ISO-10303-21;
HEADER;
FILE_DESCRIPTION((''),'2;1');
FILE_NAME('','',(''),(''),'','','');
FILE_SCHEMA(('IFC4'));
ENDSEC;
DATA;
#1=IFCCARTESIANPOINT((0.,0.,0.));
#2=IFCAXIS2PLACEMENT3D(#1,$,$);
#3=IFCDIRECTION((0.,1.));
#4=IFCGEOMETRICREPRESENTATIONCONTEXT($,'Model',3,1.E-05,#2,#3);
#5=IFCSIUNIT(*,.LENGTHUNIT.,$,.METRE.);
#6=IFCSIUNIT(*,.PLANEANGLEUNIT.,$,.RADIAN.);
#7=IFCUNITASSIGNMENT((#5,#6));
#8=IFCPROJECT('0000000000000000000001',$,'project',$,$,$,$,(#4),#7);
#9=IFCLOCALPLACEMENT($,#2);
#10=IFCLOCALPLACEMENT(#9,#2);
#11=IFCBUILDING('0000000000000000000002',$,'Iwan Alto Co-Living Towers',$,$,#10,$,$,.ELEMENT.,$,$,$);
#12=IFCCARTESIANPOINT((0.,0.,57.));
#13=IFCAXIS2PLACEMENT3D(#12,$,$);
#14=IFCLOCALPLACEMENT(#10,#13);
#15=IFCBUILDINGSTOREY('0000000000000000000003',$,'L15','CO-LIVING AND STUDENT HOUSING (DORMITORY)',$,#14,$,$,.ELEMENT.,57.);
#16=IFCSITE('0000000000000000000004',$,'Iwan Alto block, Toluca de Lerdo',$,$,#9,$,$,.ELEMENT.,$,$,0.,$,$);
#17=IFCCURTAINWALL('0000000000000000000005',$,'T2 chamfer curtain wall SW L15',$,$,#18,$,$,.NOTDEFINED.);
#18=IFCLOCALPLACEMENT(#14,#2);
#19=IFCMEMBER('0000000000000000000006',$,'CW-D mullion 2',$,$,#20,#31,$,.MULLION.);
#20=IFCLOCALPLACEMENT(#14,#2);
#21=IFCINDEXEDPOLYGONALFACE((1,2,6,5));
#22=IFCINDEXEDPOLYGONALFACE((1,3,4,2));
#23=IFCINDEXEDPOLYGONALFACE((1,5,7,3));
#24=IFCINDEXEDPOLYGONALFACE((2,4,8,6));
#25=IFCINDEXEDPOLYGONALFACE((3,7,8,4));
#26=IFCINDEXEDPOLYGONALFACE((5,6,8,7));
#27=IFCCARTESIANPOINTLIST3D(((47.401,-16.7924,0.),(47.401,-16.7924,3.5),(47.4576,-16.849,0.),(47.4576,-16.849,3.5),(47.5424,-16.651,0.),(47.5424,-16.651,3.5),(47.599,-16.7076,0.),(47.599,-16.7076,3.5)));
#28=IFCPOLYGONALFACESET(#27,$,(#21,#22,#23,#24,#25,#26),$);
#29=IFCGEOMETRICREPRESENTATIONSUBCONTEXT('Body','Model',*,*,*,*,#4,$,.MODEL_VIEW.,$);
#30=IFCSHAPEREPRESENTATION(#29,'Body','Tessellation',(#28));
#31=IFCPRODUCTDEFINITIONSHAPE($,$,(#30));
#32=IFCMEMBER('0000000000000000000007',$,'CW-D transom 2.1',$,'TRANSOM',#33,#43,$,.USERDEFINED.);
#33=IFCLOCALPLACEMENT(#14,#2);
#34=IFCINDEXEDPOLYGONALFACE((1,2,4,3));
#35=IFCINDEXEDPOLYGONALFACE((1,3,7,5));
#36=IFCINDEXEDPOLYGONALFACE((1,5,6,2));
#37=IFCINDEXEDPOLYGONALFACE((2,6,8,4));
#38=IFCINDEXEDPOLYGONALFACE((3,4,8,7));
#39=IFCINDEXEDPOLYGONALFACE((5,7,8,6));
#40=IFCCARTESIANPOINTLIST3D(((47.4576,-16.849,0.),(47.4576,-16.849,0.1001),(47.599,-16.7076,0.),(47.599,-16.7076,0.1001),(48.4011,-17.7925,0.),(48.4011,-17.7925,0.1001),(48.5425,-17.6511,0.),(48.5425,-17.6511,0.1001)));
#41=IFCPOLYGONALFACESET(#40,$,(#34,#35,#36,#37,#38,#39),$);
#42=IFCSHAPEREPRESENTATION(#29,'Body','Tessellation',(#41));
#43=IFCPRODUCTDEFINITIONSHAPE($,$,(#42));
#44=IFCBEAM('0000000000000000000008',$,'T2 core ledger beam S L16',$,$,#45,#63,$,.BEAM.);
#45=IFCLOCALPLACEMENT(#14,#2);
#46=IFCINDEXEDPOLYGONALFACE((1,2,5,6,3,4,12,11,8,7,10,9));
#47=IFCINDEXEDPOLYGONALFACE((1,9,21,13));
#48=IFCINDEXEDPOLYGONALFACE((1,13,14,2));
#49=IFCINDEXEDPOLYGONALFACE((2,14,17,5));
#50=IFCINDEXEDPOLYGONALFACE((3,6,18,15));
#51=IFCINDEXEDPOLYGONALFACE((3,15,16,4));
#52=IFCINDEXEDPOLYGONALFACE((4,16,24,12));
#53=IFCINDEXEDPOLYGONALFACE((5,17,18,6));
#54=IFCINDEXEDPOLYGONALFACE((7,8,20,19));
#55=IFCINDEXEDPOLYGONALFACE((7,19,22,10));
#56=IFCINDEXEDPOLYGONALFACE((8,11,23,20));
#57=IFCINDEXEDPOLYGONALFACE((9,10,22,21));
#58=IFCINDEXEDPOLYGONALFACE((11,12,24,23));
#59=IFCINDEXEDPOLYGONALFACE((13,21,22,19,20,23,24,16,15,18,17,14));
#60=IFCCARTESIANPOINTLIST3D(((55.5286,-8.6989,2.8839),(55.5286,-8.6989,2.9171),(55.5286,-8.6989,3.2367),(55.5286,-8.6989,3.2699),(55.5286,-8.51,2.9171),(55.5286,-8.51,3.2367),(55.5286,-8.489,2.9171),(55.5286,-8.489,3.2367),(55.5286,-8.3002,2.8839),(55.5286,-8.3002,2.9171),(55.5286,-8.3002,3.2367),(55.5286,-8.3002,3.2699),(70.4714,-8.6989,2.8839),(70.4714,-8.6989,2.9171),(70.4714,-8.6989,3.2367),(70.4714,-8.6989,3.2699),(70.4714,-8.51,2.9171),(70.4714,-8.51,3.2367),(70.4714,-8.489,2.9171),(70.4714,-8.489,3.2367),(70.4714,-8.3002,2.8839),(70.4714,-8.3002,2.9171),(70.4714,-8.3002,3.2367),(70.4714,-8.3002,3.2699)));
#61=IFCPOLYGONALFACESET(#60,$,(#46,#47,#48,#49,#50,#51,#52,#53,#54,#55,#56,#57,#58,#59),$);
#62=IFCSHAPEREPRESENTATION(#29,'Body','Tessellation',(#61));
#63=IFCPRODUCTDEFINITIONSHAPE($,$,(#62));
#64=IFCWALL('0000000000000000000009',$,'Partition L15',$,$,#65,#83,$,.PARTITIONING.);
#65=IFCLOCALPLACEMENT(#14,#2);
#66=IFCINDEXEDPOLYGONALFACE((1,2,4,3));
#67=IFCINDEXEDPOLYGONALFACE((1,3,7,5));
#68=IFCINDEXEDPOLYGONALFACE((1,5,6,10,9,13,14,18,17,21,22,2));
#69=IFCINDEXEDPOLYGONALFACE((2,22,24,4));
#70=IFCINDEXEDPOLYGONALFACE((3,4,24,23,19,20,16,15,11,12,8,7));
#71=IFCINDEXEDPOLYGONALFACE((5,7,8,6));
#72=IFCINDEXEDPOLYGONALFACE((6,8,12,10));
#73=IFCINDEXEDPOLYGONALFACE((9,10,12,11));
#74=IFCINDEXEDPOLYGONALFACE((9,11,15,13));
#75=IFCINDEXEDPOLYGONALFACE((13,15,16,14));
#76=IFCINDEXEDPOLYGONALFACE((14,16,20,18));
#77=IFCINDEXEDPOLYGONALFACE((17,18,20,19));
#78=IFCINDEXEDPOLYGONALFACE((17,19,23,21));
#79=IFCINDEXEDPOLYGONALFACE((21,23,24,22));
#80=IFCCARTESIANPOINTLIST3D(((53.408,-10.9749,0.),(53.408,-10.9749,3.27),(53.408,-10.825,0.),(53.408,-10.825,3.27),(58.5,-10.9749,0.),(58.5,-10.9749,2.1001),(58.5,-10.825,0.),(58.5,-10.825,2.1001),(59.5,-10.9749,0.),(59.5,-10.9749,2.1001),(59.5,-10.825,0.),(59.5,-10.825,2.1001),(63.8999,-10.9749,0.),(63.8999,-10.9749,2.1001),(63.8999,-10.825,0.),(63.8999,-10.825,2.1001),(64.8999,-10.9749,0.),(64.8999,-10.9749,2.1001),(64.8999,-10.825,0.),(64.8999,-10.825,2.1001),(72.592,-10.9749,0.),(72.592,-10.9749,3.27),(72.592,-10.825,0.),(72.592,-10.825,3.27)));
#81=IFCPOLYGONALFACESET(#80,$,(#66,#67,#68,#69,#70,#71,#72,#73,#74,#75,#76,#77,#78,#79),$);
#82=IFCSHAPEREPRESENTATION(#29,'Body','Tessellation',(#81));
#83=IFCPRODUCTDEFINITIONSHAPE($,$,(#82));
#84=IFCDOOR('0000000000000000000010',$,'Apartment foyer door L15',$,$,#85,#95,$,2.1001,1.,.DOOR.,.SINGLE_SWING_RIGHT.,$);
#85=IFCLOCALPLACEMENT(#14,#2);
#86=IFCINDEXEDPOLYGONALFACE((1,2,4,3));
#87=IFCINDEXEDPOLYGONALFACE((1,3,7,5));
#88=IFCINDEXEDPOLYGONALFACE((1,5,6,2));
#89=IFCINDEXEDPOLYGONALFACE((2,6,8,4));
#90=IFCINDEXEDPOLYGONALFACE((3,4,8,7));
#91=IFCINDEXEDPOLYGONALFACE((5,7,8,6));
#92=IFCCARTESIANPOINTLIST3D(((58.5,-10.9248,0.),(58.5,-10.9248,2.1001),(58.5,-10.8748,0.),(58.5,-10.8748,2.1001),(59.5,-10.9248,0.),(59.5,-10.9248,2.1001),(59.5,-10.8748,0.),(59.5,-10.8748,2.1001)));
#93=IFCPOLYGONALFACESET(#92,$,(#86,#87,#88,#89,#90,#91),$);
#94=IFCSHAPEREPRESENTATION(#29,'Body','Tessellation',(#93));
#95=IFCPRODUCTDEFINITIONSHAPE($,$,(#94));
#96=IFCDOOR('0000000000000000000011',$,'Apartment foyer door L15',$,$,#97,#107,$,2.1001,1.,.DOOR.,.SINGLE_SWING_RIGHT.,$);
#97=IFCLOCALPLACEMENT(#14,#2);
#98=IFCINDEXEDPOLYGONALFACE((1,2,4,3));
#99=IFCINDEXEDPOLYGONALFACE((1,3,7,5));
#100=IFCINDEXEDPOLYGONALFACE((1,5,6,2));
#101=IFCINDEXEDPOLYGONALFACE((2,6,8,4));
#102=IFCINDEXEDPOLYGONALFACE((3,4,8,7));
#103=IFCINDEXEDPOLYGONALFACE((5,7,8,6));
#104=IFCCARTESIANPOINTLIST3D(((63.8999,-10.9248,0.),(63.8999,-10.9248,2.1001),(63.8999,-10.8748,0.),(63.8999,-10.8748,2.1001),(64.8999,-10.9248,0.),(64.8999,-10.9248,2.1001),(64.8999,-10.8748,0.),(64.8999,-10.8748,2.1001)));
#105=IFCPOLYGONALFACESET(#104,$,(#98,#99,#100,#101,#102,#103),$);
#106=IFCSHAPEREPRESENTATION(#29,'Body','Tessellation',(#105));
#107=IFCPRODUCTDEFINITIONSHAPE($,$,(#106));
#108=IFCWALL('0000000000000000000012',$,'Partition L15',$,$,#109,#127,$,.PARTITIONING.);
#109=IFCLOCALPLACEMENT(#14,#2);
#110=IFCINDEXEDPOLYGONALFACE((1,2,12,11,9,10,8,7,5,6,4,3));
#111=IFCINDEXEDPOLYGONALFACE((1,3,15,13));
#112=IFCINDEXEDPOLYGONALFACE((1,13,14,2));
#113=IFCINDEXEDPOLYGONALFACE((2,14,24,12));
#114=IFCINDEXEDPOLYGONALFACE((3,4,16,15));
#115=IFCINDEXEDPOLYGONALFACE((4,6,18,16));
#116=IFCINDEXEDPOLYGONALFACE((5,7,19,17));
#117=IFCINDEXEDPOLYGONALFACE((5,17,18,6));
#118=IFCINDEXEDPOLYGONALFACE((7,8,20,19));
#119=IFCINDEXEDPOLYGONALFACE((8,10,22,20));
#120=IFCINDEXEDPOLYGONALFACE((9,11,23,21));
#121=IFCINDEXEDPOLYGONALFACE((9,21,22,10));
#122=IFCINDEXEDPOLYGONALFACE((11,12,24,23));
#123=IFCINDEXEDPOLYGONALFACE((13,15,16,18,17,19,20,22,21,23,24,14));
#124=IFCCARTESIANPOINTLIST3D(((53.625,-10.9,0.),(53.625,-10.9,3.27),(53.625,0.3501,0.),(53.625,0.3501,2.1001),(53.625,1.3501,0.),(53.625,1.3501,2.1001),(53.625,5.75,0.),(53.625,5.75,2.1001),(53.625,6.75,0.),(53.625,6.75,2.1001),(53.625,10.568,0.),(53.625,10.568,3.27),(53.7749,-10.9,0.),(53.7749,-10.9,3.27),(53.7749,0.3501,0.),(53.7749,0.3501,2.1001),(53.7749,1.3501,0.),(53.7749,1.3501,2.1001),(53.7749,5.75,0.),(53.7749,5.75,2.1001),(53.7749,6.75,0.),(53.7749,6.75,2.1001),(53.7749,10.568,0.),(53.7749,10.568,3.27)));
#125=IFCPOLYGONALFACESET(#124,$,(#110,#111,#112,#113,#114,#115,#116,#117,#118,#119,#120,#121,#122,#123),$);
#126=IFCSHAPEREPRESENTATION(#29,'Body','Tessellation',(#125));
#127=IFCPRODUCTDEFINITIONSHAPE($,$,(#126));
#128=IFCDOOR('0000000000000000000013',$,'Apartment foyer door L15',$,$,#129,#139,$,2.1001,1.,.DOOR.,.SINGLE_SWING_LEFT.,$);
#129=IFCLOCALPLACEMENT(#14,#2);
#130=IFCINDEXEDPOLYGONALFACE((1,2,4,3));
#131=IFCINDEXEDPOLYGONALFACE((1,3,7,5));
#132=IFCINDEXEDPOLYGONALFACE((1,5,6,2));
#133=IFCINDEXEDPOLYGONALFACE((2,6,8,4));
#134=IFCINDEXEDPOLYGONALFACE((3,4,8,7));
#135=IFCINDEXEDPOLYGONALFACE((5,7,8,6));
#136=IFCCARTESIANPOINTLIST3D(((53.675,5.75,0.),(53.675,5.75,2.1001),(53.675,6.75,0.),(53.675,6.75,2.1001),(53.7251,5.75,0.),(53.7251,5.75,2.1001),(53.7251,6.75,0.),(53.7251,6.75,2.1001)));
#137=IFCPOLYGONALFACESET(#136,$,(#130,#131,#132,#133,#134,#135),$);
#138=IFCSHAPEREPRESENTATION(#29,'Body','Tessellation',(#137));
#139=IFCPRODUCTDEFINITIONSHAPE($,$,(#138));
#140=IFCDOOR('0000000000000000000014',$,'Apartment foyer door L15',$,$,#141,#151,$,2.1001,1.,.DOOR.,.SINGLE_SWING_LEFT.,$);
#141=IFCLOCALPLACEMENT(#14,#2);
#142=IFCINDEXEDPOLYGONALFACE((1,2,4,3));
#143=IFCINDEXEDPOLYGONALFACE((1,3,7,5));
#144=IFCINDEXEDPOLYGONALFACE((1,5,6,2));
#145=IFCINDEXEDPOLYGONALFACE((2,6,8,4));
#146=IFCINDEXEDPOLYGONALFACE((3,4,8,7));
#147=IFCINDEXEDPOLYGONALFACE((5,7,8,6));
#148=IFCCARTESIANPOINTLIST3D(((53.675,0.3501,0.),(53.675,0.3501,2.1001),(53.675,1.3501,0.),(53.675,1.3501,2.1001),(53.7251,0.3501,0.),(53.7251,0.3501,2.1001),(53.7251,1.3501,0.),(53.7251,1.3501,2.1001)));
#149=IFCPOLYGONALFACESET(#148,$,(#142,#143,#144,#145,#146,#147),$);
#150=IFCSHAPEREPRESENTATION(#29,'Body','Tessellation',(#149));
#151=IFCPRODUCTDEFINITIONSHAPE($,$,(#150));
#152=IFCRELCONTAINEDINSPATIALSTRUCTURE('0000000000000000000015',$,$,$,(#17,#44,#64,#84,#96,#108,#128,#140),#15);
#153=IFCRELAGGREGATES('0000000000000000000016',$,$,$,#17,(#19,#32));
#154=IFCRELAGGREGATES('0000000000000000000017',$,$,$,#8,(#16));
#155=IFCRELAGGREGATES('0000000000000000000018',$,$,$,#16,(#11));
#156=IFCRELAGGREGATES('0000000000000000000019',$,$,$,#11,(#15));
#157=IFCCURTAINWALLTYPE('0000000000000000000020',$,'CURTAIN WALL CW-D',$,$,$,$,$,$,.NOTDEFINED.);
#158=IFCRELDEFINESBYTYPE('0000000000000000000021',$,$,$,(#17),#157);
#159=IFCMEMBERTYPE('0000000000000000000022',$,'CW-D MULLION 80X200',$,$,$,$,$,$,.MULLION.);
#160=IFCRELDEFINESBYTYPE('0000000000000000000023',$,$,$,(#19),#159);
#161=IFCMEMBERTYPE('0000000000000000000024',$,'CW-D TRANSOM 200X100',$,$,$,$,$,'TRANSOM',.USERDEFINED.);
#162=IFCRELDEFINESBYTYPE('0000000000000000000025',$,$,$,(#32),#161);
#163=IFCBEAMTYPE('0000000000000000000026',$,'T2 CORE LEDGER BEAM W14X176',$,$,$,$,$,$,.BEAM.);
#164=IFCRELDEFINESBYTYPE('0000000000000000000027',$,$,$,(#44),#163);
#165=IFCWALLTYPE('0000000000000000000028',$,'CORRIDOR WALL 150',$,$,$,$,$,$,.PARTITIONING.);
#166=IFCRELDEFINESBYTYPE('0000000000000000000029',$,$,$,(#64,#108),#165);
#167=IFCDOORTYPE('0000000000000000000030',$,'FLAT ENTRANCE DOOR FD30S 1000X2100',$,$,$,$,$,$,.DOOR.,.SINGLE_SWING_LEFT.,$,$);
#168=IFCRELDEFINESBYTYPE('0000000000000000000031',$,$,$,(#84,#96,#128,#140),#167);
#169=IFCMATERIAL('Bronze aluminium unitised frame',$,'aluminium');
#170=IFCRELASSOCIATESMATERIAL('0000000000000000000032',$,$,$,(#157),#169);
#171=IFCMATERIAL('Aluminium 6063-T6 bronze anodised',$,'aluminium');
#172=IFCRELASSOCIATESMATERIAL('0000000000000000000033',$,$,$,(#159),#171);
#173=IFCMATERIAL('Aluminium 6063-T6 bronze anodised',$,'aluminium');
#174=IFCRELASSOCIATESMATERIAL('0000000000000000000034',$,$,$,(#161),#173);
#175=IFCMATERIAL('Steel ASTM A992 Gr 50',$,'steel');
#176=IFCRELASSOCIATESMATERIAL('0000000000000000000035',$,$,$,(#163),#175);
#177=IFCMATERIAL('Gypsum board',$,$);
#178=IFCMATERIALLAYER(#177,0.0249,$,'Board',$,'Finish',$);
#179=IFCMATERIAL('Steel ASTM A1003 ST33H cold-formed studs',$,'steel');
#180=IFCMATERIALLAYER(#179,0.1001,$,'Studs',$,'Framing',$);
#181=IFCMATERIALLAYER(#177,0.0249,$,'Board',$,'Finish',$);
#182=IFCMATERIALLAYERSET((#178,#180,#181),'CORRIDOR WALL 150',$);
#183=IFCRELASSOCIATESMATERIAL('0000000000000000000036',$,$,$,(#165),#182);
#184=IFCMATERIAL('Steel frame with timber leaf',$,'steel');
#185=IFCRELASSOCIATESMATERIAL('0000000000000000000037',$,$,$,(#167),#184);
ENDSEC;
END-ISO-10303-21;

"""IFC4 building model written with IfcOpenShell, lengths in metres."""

from ifc_helpers import new_model, si_unit, direction, frame, frame_2d, origin, origin_2d, place, context, subcontext, project, spatial, rectangle, i_section, extrude, material, layer, layer_set, material_profile, profile_set, type_object, element, fill, aggregate, save


model = new_model("IFC4")

# Units and contexts
model_context = context("Model", 3, precision=1e-05, world=origin(), true_north=direction((0.0, 1.0)))
body_context = subcontext(model_context, "Body", "Model", "MODEL_VIEW")
ifc_project = project(units=[si_unit("LENGTHUNIT", "METRE"), si_unit("PLANEANGLEUNIT", "RADIAN")], contexts=[model_context])

# Site, building, storey
site_placement = place(None, origin())
site = spatial("IfcSite", under=ifc_project, at=site_placement, Name="Iwan Alto block, Toluca de Lerdo", CompositionType="ELEMENT", RefElevation=0.0)
building_placement = place(site_placement, origin())
building = spatial("IfcBuilding", under=site, at=building_placement, Name="Iwan Alto Co-Living Towers", CompositionType="ELEMENT")
storey_placement = place(building_placement, frame((0.0, 0.0, 57.0)))
storey = spatial("IfcBuildingStorey", under=building, at=storey_placement, Name="L15", Description="CO-LIVING AND STUDENT HOUSING (DORMITORY)", CompositionType="ELEMENT", Elevation=57.0)

# Curtain wall, members
ifc_material_1 = material(Name="Bronze aluminium unitised frame", Category="aluminium")
curtain_wall_type = type_object("IfcCurtainWallType", Name="CURTAIN WALL CW-D", PredefinedType="NOTDEFINED", material=ifc_material_1)
curtain_wall_placement = place(storey_placement, origin())
curtain_wall = element("IfcCurtainWall", 1, at=curtain_wall_placement, inside=storey, type_object=curtain_wall_type, Name="T2 chamfer curtain wall SW L15", PredefinedType="NOTDEFINED")
ifc_material_2 = material(Name="Aluminium 6063-T6 bronze anodised", Category="aluminium")
ifc_material_profile_1 = material_profile(ifc_material_2, rectangle(XDim=0.2, YDim=0.0801, at=origin_2d()), Name="AL 80X200")
ifc_profile_set_1 = profile_set([ifc_material_profile_1], Name="Aluminium 6063-T6 bronze anodised")
member_type_1 = type_object("IfcMemberType", Name="CW-D MULLION 80X200", PredefinedType="MULLION", material=ifc_profile_set_1)
member_1_placement = place(storey_placement, frame((47.5, -16.75, 0.0), z_axis=(0.0, 0.0, 1.0), x_axis=(0.707107, 0.707107, 0.0)))
member_1 = element("IfcMember", 2, at=member_1_placement, type_object=member_type_1, Name="CW-D mullion 2", PredefinedType="MULLION", context=body_context, shape_type="SweptSolid", body=[
    extrude(rectangle(XDim=0.2, YDim=0.0801, at=origin_2d()), origin(), (0.0, 0.0, 1.0), 3.5),
])
ifc_material_3 = material(Name="Aluminium 6063-T6 bronze anodised", Category="aluminium")
ifc_material_profile_2 = material_profile(ifc_material_3, rectangle(XDim=0.2, YDim=0.1001, at=origin_2d()), Name="AL 200X100")
ifc_profile_set_2 = profile_set([ifc_material_profile_2], Name="Aluminium 6063-T6 bronze anodised")
member_type_2 = type_object("IfcMemberType", Name="CW-D TRANSOM 200X100", ElementType="TRANSOM", PredefinedType="USERDEFINED", material=ifc_profile_set_2)
member_2_placement = place(storey_placement, frame((47.5283, -16.7783, 0.05), z_axis=(0.707107, -0.707107, 0.0), x_axis=(0.707107, 0.707107, 0.0)))
member_2 = element("IfcMember", 3, at=member_2_placement, type_object=member_type_2, Name="CW-D transom 2.1", ObjectType="TRANSOM", PredefinedType="USERDEFINED", context=body_context, shape_type="SweptSolid", body=[
    extrude(rectangle(XDim=0.2, YDim=0.1001, at=origin_2d()), origin(), (0.0, 0.0, 1.0), 1.3342),
])
aggregate(curtain_wall, [member_1, member_2])

# Beam
ifc_material_4 = material(Name="Steel ASTM A992 Gr 50", Category="steel")
ifc_material_profile_3 = material_profile(ifc_material_4, i_section(OverallWidth=0.3987, OverallDepth=0.386, WebThickness=0.021, FlangeThickness=0.0332, at=origin_2d()), Name="W14X176")
ifc_profile_set_3 = profile_set([ifc_material_profile_3], Name="Steel ASTM A992 Gr 50")
beam_type = type_object("IfcBeamType", Name="T2 CORE LEDGER BEAM W14X176", PredefinedType="BEAM", material=ifc_profile_set_3)
beam_placement = place(storey_placement, frame((55.5286, -8.4995, 3.0769), z_axis=(1.0, 0.0, 0.0), x_axis=(0.0, 1.0, 0.0)))
element("IfcBeam", 4, at=beam_placement, inside=storey, type_object=beam_type, Name="T2 core ledger beam S L16", PredefinedType="BEAM", context=body_context, shape_type="SweptSolid", body=[
    extrude(i_section(OverallWidth=0.3987, OverallDepth=0.386, WebThickness=0.021, FlangeThickness=0.0332, at=origin_2d()), origin(), (0.0, 0.0, 1.0), 14.9429),
])

# Walls, openings, doors
ifc_material_5 = material(Name="Gypsum board")
ifc_layer_1 = layer(ifc_material_5, 0.0249, Name="Board", Category="Finish")
ifc_material_6 = material(Name="Steel ASTM A1003 ST33H cold-formed studs", Category="steel")
ifc_layer_2 = layer(ifc_material_6, 0.1001, Name="Studs", Category="Framing")
ifc_layer_3 = layer(ifc_material_5, 0.0249, Name="Board", Category="Finish")
ifc_layer_set_1 = layer_set([ifc_layer_1, ifc_layer_2, ifc_layer_3], Name="CORRIDOR WALL 150")
wall_type_1 = type_object("IfcWallType", Name="CORRIDOR WALL 150", PredefinedType="PARTITIONING", material=ifc_layer_set_1)
wall_1_placement = place(storey_placement, frame((53.408, -10.8999, 0.0), z_axis=(0.0, 0.0, 1.0), x_axis=(1.0, 0.0, 0.0)))
wall_1 = element("IfcWall", 5, at=wall_1_placement, inside=storey, type_object=wall_type_1, Name="Partition L15", PredefinedType="PARTITIONING", context=body_context, shape_type="SweptSolid", body=[
    extrude(rectangle(XDim=19.1841, YDim=0.1499, at=frame_2d((9.592, 0.0))), origin(), (0.0, 0.0, 1.0), 3.27),
])
opening_1_placement = place(wall_1_placement, frame((5.092, 0.0, 0.0)))
opening_1 = element("IfcOpeningElement", 6, at=opening_1_placement, cuts=wall_1, PredefinedType="OPENING", context=body_context, shape_type="SweptSolid", body=[
    extrude(rectangle(XDim=1.0, YDim=2.1001, at=frame_2d((0.5, 1.05))), frame((0.0, 0.085, 0.0), z_axis=(0.0, -1.0, 0.0), x_axis=(1.0, 0.0, 0.0)), (0.0, 0.0, 1.0), 0.1699),
])
opening_2_placement = place(wall_1_placement, frame((10.4919, 0.0, 0.0)))
opening_2 = element("IfcOpeningElement", 7, at=opening_2_placement, cuts=wall_1, PredefinedType="OPENING", context=body_context, shape_type="SweptSolid", body=[
    extrude(rectangle(XDim=1.0, YDim=2.1001, at=frame_2d((0.5, 1.05))), frame((0.0, 0.085, 0.0), z_axis=(0.0, -1.0, 0.0), x_axis=(1.0, 0.0, 0.0)), (0.0, 0.0, 1.0), 0.1699),
])
ifc_material_7 = material(Name="Steel frame with timber leaf", Category="steel")
door_type_1 = type_object("IfcDoorType", Name="FLAT ENTRANCE DOOR FD30S 1000X2100", OperationType="SINGLE_SWING_LEFT", PredefinedType="DOOR", material=ifc_material_7)
door_1_placement = place(opening_1_placement, frame((1.0, 0.0, 0.0), z_axis=(0.0, 0.0, 1.0), x_axis=(-1.0, 0.0, 0.0)))
door_1 = element("IfcDoor", 8, at=door_1_placement, inside=storey, type_object=door_type_1, Name="Apartment foyer door L15", OperationType="SINGLE_SWING_RIGHT", OverallHeight=2.1001, OverallWidth=1.0, PredefinedType="DOOR", context=body_context, shape_type="SweptSolid", body=[
    extrude(rectangle(XDim=1.0, YDim=2.1001, at=frame_2d((0.5, 1.05))), frame((0.0, 0.0249, 0.0), z_axis=(0.0, -1.0, 0.0), x_axis=(1.0, 0.0, 0.0)), (0.0, 0.0, 1.0), 0.05),
])
fill(opening_1, door_1)
door_2_placement = place(opening_2_placement, frame((1.0, 0.0, 0.0), z_axis=(0.0, 0.0, 1.0), x_axis=(-1.0, 0.0, 0.0)))
door_2 = element("IfcDoor", 9, at=door_2_placement, inside=storey, type_object=door_type_1, Name="Apartment foyer door L15", OperationType="SINGLE_SWING_RIGHT", OverallHeight=2.1001, OverallWidth=1.0, PredefinedType="DOOR", context=body_context, shape_type="SweptSolid", body=[
    extrude(rectangle(XDim=1.0, YDim=2.1001, at=frame_2d((0.5, 1.05))), frame((0.0, 0.0249, 0.0), z_axis=(0.0, -1.0, 0.0), x_axis=(1.0, 0.0, 0.0)), (0.0, 0.0, 1.0), 0.05),
])
fill(opening_2, door_2)
wall_2_placement = place(storey_placement, frame((53.7, -10.8999, 0.0), z_axis=(0.0, 0.0, 1.0), x_axis=(0.0, 1.0, 0.0)))
wall_2 = element("IfcWall", 10, at=wall_2_placement, inside=storey, type_object=wall_type_1, Name="Partition L15", PredefinedType="PARTITIONING", context=body_context, shape_type="SweptSolid", body=[
    extrude(rectangle(XDim=21.468, YDim=0.1499, at=frame_2d((10.7339, 0.0))), origin(), (0.0, 0.0, 1.0), 3.27),
])
opening_3_placement = place(wall_2_placement, frame((16.6499, 0.0, 0.0)))
opening_3 = element("IfcOpeningElement", 11, at=opening_3_placement, cuts=wall_2, PredefinedType="OPENING", context=body_context, shape_type="SweptSolid", body=[
    extrude(rectangle(XDim=1.0, YDim=2.1001, at=frame_2d((0.5, 1.05))), frame((0.0, 0.085, 0.0), z_axis=(0.0, -1.0, 0.0), x_axis=(1.0, 0.0, 0.0)), (0.0, 0.0, 1.0), 0.1699),
])
opening_4_placement = place(wall_2_placement, frame((11.25, 0.0, 0.0)))
opening_4 = element("IfcOpeningElement", 12, at=opening_4_placement, cuts=wall_2, PredefinedType="OPENING", context=body_context, shape_type="SweptSolid", body=[
    extrude(rectangle(XDim=1.0, YDim=2.1001, at=frame_2d((0.5, 1.05))), frame((0.0, 0.085, 0.0), z_axis=(0.0, -1.0, 0.0), x_axis=(1.0, 0.0, 0.0)), (0.0, 0.0, 1.0), 0.1699),
])
door_3_placement = place(opening_3_placement, origin())
door_3 = element("IfcDoor", 13, at=door_3_placement, inside=storey, type_object=door_type_1, Name="Apartment foyer door L15", OperationType="SINGLE_SWING_LEFT", OverallHeight=2.1001, OverallWidth=1.0, PredefinedType="DOOR", context=body_context, shape_type="SweptSolid", body=[
    extrude(rectangle(XDim=1.0, YDim=2.1001, at=frame_2d((0.5, 1.05))), frame((0.0, 0.0249, 0.0), z_axis=(0.0, -1.0, 0.0), x_axis=(1.0, 0.0, 0.0)), (0.0, 0.0, 1.0), 0.05),
])
fill(opening_3, door_3)
door_4_placement = place(opening_4_placement, origin())
door_4 = element("IfcDoor", 14, at=door_4_placement, inside=storey, type_object=door_type_1, Name="Apartment foyer door L15", OperationType="SINGLE_SWING_LEFT", OverallHeight=2.1001, OverallWidth=1.0, PredefinedType="DOOR", context=body_context, shape_type="SweptSolid", body=[
    extrude(rectangle(XDim=1.0, YDim=2.1001, at=frame_2d((0.5, 1.05))), frame((0.0, 0.0249, 0.0), z_axis=(0.0, -1.0, 0.0), x_axis=(1.0, 0.0, 0.0)), (0.0, 0.0, 1.0), 0.05),
])
fill(opening_4, door_4)

save(model, "model.ifc")
